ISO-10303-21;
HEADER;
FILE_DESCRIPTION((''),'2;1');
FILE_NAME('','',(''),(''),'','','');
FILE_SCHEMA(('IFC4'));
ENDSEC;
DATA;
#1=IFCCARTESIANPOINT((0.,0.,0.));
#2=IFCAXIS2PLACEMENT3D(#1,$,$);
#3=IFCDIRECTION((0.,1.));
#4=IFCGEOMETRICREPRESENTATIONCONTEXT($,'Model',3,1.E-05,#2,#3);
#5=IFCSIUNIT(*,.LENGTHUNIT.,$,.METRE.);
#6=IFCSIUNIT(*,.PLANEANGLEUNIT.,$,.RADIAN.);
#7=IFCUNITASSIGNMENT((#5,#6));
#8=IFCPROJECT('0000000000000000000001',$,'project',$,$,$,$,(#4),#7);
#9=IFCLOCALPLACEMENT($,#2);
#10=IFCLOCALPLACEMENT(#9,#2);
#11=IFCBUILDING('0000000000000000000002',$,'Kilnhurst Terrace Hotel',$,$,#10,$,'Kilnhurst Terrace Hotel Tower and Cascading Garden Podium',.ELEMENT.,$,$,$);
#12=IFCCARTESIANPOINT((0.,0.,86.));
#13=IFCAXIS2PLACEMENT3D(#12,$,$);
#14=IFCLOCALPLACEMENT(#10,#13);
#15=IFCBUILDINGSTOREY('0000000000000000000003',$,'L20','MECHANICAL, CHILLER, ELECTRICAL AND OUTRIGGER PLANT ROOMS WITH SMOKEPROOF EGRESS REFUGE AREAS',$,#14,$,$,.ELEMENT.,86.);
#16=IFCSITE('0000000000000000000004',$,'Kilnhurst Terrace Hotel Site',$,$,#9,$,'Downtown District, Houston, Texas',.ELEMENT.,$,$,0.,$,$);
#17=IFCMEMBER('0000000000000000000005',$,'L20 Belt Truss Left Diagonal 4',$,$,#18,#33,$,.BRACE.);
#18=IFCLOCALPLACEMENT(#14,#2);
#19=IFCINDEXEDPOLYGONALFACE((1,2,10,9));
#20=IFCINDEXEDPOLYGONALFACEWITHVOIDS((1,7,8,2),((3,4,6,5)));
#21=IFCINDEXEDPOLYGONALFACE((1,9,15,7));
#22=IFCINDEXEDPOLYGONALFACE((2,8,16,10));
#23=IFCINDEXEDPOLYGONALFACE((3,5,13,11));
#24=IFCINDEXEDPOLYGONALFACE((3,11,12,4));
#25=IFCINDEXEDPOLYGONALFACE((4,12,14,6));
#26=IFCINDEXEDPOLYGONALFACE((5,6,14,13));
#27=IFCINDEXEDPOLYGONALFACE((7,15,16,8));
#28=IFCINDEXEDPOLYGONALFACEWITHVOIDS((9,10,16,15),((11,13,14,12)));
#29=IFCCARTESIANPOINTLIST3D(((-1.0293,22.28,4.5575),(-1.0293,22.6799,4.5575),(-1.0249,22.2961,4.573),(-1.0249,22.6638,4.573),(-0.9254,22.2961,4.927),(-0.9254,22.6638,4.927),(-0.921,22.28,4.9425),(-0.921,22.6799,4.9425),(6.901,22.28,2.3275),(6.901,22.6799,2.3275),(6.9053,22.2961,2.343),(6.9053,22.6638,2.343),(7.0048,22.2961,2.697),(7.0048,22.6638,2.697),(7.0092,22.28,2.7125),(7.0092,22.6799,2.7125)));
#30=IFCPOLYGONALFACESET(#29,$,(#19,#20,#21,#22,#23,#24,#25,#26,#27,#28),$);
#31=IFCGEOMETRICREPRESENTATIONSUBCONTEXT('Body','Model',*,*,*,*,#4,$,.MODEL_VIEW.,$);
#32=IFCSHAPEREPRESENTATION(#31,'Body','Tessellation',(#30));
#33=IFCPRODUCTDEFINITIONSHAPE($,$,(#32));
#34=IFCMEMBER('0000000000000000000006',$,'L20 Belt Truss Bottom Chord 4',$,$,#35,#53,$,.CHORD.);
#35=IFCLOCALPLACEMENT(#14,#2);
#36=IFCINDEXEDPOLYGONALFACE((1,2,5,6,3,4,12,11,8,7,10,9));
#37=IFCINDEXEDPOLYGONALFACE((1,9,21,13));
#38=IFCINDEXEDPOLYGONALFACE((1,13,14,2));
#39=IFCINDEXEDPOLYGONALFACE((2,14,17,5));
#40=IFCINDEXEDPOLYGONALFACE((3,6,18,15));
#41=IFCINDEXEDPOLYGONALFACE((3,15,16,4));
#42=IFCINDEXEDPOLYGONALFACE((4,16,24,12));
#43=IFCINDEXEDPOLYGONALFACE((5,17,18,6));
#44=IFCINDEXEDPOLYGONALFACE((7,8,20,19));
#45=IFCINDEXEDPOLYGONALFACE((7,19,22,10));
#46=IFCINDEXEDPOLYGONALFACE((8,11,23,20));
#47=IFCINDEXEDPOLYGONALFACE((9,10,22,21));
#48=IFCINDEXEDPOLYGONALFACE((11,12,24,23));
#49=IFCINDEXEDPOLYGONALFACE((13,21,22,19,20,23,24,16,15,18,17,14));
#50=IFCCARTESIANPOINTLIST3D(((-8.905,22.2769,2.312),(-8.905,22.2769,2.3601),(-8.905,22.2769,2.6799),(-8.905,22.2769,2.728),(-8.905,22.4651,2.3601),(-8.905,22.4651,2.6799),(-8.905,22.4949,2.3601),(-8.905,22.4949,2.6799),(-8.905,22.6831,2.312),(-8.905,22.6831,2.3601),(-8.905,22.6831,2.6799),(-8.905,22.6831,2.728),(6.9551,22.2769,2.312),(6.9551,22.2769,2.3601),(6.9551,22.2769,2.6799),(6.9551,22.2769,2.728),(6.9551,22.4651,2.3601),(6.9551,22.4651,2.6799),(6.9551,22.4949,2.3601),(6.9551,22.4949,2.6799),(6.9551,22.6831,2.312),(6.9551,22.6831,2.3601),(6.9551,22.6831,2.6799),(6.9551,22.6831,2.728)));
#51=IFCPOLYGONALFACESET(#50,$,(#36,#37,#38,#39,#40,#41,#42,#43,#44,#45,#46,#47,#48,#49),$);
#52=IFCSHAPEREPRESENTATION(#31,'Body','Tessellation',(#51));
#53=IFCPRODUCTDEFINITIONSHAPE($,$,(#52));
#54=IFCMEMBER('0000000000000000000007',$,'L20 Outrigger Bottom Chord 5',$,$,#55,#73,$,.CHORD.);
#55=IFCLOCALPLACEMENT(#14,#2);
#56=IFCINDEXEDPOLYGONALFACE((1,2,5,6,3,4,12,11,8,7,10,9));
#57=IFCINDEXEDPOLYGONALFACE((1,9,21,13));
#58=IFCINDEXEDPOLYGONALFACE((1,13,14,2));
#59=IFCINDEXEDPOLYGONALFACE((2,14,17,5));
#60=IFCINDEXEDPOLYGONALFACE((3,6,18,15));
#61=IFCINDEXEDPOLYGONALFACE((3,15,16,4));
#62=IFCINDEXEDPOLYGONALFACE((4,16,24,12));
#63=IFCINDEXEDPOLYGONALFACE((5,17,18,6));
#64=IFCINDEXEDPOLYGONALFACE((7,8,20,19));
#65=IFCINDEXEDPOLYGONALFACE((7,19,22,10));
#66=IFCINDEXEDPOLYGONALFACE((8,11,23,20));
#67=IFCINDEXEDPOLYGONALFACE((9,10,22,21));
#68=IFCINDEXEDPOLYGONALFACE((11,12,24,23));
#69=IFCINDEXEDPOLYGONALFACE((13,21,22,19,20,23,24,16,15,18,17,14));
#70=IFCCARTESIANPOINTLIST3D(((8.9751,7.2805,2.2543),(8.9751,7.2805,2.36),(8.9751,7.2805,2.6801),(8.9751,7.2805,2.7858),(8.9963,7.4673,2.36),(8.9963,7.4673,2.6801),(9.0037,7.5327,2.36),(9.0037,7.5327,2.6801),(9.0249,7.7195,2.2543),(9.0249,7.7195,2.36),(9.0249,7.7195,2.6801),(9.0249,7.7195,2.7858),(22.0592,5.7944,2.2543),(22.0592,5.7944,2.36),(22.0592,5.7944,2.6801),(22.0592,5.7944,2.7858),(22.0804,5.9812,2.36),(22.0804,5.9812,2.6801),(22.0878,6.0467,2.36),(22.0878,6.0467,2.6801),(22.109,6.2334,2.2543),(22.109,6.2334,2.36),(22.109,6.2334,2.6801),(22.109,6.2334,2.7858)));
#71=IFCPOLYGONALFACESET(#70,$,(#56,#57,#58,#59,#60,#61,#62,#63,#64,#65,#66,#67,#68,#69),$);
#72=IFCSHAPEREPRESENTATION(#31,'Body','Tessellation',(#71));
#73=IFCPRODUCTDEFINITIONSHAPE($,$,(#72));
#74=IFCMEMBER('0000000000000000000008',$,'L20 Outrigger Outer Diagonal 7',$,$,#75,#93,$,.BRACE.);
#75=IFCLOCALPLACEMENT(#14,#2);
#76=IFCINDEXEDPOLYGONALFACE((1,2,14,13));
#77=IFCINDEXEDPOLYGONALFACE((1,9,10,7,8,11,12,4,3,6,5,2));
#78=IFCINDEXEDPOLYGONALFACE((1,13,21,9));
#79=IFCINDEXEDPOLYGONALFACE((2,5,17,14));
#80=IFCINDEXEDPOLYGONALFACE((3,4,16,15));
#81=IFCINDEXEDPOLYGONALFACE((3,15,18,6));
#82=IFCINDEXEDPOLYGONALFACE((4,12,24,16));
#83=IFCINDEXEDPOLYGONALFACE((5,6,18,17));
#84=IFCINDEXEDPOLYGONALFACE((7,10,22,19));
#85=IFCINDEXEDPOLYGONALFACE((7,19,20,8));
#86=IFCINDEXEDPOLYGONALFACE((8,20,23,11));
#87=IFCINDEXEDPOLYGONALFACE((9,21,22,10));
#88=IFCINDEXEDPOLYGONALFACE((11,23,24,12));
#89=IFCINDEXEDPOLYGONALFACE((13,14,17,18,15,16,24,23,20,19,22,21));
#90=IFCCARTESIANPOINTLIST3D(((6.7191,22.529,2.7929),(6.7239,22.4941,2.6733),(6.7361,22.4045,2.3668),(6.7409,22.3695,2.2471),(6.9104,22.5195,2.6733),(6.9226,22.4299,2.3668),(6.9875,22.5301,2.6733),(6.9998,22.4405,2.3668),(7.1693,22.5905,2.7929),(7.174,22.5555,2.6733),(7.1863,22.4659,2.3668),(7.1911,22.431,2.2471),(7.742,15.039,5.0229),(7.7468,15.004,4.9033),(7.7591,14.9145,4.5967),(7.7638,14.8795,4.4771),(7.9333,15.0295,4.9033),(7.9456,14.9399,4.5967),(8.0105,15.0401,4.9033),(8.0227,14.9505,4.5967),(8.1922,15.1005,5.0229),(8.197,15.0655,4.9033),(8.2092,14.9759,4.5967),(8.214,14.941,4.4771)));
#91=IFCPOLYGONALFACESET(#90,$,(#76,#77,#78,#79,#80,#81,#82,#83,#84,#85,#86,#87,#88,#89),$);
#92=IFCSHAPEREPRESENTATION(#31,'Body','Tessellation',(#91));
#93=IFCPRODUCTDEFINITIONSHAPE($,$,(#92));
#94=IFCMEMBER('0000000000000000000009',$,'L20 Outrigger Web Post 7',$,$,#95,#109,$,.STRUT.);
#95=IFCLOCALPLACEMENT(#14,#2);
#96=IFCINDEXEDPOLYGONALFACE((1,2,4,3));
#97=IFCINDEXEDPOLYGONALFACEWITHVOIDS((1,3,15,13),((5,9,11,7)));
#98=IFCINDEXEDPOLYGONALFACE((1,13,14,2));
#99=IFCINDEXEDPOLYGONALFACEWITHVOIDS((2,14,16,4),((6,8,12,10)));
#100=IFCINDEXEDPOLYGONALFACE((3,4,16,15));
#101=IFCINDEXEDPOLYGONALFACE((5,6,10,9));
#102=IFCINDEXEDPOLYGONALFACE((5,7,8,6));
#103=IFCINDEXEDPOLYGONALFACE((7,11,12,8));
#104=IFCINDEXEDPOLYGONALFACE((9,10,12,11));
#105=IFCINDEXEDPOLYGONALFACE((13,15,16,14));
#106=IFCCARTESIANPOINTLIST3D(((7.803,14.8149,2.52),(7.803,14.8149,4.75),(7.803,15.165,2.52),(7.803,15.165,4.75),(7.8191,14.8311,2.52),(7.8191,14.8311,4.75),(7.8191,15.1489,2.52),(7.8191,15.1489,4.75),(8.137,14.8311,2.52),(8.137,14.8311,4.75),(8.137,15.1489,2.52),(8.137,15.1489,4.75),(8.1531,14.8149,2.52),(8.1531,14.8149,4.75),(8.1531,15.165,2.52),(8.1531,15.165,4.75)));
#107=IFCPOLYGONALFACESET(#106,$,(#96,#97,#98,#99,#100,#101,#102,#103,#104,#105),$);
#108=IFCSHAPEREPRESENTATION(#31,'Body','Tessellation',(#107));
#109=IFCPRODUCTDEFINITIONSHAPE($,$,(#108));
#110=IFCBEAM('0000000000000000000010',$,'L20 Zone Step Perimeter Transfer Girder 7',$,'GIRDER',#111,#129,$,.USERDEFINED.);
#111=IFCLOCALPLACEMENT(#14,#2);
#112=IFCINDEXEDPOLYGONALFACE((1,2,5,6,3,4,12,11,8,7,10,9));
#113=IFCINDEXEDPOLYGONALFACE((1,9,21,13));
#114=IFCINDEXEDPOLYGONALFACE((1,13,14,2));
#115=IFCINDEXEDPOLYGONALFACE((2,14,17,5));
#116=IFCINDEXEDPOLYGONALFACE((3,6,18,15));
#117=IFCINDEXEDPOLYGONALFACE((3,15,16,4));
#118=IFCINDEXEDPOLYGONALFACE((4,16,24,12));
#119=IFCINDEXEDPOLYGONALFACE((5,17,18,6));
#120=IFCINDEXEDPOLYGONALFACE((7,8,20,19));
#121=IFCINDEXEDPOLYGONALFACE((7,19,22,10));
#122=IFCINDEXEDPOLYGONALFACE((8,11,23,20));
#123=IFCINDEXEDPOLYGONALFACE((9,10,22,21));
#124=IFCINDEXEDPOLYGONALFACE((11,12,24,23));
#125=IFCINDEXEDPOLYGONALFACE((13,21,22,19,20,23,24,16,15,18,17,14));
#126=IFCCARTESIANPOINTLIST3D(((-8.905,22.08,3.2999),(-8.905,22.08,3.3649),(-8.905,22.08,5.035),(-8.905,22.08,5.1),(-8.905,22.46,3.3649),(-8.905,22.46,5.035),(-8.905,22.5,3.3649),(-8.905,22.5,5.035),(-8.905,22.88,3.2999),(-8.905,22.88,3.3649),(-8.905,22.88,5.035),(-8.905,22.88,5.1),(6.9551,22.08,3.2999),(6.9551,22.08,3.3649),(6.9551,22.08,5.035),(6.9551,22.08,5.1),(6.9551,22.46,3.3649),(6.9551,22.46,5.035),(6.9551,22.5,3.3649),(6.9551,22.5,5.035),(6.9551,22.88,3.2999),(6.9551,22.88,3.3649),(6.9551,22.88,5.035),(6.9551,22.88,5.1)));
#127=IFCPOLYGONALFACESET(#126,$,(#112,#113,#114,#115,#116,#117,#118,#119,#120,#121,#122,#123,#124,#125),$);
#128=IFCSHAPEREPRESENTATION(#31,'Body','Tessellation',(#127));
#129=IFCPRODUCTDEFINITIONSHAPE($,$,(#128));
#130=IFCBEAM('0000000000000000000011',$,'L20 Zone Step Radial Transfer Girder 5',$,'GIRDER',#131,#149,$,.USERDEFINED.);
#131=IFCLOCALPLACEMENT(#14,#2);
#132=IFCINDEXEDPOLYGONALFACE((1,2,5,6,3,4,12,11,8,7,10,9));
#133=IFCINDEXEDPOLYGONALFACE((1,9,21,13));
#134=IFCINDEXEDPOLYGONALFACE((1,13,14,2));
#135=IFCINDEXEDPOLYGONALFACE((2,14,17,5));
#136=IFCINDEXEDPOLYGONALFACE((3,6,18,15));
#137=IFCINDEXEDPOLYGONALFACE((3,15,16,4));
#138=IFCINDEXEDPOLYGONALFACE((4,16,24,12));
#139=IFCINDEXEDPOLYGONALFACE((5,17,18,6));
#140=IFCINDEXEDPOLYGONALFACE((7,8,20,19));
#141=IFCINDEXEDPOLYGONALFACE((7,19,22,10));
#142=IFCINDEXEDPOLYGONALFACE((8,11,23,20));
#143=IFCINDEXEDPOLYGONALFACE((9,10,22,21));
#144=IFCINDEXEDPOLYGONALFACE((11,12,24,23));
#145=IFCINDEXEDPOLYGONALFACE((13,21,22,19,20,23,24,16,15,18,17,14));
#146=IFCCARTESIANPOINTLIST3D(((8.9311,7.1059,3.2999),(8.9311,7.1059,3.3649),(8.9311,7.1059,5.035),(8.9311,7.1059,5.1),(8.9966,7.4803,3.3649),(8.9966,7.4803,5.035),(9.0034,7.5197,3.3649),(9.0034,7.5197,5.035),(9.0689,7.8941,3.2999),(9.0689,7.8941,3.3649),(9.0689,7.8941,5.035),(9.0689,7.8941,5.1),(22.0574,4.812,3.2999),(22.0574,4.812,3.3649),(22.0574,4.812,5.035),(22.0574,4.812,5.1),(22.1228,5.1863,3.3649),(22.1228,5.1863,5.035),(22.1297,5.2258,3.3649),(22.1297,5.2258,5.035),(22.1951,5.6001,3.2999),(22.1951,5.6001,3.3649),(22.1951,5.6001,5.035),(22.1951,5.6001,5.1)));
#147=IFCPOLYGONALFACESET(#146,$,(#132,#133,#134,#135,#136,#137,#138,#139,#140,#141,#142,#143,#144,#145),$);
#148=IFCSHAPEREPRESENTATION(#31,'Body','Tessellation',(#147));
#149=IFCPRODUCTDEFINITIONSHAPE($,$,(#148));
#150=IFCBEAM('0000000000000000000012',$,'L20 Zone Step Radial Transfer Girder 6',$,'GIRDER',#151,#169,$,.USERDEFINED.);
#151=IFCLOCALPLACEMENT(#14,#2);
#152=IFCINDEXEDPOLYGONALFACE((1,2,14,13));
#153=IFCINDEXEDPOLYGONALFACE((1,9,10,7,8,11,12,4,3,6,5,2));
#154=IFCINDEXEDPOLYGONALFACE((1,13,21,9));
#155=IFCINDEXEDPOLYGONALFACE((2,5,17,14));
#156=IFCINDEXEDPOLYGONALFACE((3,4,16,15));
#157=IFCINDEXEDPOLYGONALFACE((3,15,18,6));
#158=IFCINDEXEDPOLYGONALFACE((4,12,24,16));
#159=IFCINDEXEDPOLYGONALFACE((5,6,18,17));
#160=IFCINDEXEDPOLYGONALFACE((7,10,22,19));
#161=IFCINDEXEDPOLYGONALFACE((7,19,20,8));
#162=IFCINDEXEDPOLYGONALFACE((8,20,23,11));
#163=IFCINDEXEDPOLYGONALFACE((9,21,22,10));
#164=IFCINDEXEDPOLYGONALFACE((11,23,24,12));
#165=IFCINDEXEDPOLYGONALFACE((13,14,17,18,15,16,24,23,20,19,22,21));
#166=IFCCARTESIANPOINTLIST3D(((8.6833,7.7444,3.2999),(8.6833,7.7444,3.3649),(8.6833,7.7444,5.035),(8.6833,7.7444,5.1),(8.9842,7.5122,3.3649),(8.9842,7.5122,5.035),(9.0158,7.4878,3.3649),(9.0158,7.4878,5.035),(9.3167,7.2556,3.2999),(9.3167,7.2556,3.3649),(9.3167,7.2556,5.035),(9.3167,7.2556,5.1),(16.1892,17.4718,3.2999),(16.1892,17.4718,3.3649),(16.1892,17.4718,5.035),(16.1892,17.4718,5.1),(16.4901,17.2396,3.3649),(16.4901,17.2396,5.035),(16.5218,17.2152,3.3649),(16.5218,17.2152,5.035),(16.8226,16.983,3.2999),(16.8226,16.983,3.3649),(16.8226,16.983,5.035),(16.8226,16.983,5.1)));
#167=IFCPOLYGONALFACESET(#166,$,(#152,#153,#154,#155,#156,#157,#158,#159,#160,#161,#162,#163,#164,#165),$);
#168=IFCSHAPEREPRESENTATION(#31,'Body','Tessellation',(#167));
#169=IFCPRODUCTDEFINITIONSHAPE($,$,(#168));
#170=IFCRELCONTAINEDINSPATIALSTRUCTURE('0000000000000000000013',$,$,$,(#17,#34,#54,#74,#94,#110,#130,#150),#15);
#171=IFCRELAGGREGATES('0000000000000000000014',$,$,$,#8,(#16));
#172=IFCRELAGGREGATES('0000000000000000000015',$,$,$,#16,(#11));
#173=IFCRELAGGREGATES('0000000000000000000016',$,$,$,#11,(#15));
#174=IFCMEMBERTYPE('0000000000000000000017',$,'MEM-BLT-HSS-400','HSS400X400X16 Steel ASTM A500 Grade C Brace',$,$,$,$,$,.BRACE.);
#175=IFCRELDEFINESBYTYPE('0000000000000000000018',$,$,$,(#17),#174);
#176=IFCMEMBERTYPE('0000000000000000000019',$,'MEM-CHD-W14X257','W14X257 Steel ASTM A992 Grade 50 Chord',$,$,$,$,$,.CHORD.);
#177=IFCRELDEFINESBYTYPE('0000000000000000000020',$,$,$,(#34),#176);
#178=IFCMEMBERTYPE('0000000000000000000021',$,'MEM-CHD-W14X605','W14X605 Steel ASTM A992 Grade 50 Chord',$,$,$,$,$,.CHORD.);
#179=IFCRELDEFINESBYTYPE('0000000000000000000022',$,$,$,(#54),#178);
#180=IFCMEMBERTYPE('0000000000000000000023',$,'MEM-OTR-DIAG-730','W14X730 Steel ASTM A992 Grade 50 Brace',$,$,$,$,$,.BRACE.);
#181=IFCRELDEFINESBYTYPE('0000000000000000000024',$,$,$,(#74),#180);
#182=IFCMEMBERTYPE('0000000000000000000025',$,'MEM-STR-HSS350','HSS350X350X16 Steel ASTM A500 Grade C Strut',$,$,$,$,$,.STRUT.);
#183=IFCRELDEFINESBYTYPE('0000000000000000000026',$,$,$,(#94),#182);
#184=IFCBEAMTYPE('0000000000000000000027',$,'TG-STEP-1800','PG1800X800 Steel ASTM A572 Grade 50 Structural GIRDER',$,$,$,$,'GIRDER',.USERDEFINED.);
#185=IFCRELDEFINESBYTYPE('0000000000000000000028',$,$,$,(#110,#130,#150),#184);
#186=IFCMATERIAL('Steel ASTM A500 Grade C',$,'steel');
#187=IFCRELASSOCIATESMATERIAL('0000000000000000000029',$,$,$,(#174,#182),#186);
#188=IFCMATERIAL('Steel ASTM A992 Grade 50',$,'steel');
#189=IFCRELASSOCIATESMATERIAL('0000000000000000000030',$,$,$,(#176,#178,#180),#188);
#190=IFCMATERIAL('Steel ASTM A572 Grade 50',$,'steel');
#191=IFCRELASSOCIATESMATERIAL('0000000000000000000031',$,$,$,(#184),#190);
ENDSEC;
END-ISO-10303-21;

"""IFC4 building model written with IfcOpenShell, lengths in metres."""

from ifc_helpers import new_model, si_unit, direction, frame, origin, origin_2d, place, context, subcontext, project, spatial, hollow_rectangle, i_section, extrude, material, material_profile, profile_set, type_object, element, save


model = new_model("IFC4")

# Units and contexts
model_context = context("Model", 3, precision=1e-05, world=origin(), true_north=direction((0.0, 1.0)))
body_context = subcontext(model_context, "Body", "Model", "MODEL_VIEW")
ifc_project = project(units=[si_unit("LENGTHUNIT", "METRE"), si_unit("PLANEANGLEUNIT", "RADIAN")], contexts=[model_context])

# Site, building, storey
site_placement = place(None, origin())
site = spatial("IfcSite", under=ifc_project, at=site_placement, Name="Kilnhurst Terrace Hotel Site", LongName="Downtown District, Houston, Texas", CompositionType="ELEMENT", RefElevation=0.0)
building_placement = place(site_placement, origin())
building = spatial("IfcBuilding", under=site, at=building_placement, Name="Kilnhurst Terrace Hotel", LongName="Kilnhurst Terrace Hotel Tower and Cascading Garden Podium", CompositionType="ELEMENT")
storey_placement = place(building_placement, frame((0.0, 0.0, 86.0)))
storey = spatial("IfcBuildingStorey", under=building, at=storey_placement, Name="L20", Description="MECHANICAL, CHILLER, ELECTRICAL AND OUTRIGGER PLANT ROOMS WITH SMOKEPROOF EGRESS REFUGE AREAS", CompositionType="ELEMENT", Elevation=86.0)

# Shared definitions
ifc_material_1 = material(Name="Steel ASTM A992 Grade 50", Category="steel")

# Members
ifc_material_2 = material(Name="Steel ASTM A500 Grade C", Category="steel")
ifc_material_profile_1 = material_profile(ifc_material_2, hollow_rectangle(XDim=0.3999, YDim=0.3999, WallThickness=0.0161, at=origin_2d()), Name="HSS400X400X16")
ifc_profile_set_1 = profile_set([ifc_material_profile_1], Name="Steel ASTM A500 Grade C")
member_type_1 = type_object("IfcMemberType", Name="MEM-BLT-HSS-400", Description="HSS400X400X16 Steel ASTM A500 Grade C Brace", PredefinedType="BRACE", material=ifc_profile_set_1)
member_1_placement = place(storey_placement, frame((6.9551, 22.48, 2.52), z_axis=(-0.962663, 0.0, 0.270703), x_axis=(0.0, -1.0, 0.0)))
element("IfcMember", 1, at=member_1_placement, inside=storey, type_object=member_type_1, Name="L20 Belt Truss Left Diagonal 4", PredefinedType="BRACE", context=body_context, shape_type="SweptSolid", body=[
    extrude(hollow_rectangle(XDim=0.3999, YDim=0.3999, WallThickness=0.0161, at=origin_2d()), origin(), (0.0, 0.0, 1.0), 8.2378),
])
ifc_material_profile_2 = material_profile(ifc_material_1, i_section(OverallWidth=0.4062, OverallDepth=0.416, WebThickness=0.0298, FlangeThickness=0.0481, at=origin_2d()), Name="W14X257")
ifc_profile_set_2 = profile_set([ifc_material_profile_2], Name="Steel ASTM A992 Grade 50")
member_type_2 = type_object("IfcMemberType", Name="MEM-CHD-W14X257", Description="W14X257 Steel ASTM A992 Grade 50 Chord", PredefinedType="CHORD", material=ifc_profile_set_2)
member_2_placement = place(storey_placement, frame((6.9551, 22.48, 2.52), z_axis=(-1.0, 0.0, 0.0), x_axis=(0.0, -1.0, 0.0)))
element("IfcMember", 2, at=member_2_placement, inside=storey, type_object=member_type_2, Name="L20 Belt Truss Bottom Chord 4", PredefinedType="CHORD", context=body_context, shape_type="SweptSolid", body=[
    extrude(i_section(OverallWidth=0.4062, OverallDepth=0.416, WebThickness=0.0298, FlangeThickness=0.0481, at=origin_2d()), origin(), (0.0, 0.0, 1.0), 15.8601),
])
ifc_material_profile_3 = material_profile(ifc_material_1, i_section(OverallWidth=0.4419, OverallDepth=0.5315, WebThickness=0.0659, FlangeThickness=0.1057, at=origin_2d()), Name="W14X605")
ifc_profile_set_3 = profile_set([ifc_material_profile_3], Name="Steel ASTM A992 Grade 50")
member_type_3 = type_object("IfcMemberType", Name="MEM-CHD-W14X605", Description="W14X605 Steel ASTM A992 Grade 50 Chord", PredefinedType="CHORD", material=ifc_profile_set_3)
member_3_placement = place(storey_placement, frame((9.0, 7.5, 2.52), z_axis=(0.993611, -0.112855, 0.0), x_axis=(0.112855, 0.993611, 0.0)))
element("IfcMember", 3, at=member_3_placement, inside=storey, type_object=member_type_3, Name="L20 Outrigger Bottom Chord 5", PredefinedType="CHORD", context=body_context, shape_type="SweptSolid", body=[
    extrude(i_section(OverallWidth=0.4419, OverallDepth=0.5315, WebThickness=0.0659, FlangeThickness=0.1057, at=origin_2d()), origin(), (0.0, 0.0, 1.0), 13.1682),
])
ifc_material_profile_4 = material_profile(ifc_material_1, i_section(OverallWidth=0.4543, OverallDepth=0.5691, WebThickness=0.0779, FlangeThickness=0.1248, at=origin_2d()), Name="W14X730")
ifc_profile_set_4 = profile_set([ifc_material_profile_4], Name="Steel ASTM A992 Grade 50")
member_type_4 = type_object("IfcMemberType", Name="MEM-OTR-DIAG-730", Description="W14X730 Steel ASTM A992 Grade 50 Brace", PredefinedType="BRACE", material=ifc_profile_set_4)
member_4_placement = place(storey_placement, frame((7.978, 14.99, 4.75), z_axis=(-0.12979, 0.950317, -0.282936), x_axis=(-0.990802, -0.135319, 0.0)))
element("IfcMember", 4, at=member_4_placement, inside=storey, type_object=member_type_4, Name="L20 Outrigger Outer Diagonal 7", PredefinedType="BRACE", context=body_context, shape_type="SweptSolid", body=[
    extrude(i_section(OverallWidth=0.4543, OverallDepth=0.5691, WebThickness=0.0779, FlangeThickness=0.1248, at=origin_2d()), origin(), (0.0, 0.0, 1.0), 7.8816),
])
ifc_material_profile_5 = material_profile(ifc_material_2, hollow_rectangle(XDim=0.3501, YDim=0.3501, WallThickness=0.0161, at=origin_2d()), Name="HSS350X350X16")
ifc_profile_set_5 = profile_set([ifc_material_profile_5], Name="Steel ASTM A500 Grade C")
member_type_5 = type_object("IfcMemberType", Name="MEM-STR-HSS350", Description="HSS350X350X16 Steel ASTM A500 Grade C Strut", PredefinedType="STRUT", material=ifc_profile_set_5)
member_5_placement = place(storey_placement, frame((7.978, 14.99, 2.52), z_axis=(0.0, 0.0, 1.0), x_axis=(1.0, 0.0, 0.0)))
element("IfcMember", 5, at=member_5_placement, inside=storey, type_object=member_type_5, Name="L20 Outrigger Web Post 7", PredefinedType="STRUT", context=body_context, shape_type="SweptSolid", body=[
    extrude(hollow_rectangle(XDim=0.3501, YDim=0.3501, WallThickness=0.0161, at=origin_2d()), origin(), (0.0, 0.0, 1.0), 2.23),
])

# Beams
ifc_material_3 = material(Name="Steel ASTM A572 Grade 50", Category="steel")
ifc_material_profile_6 = material_profile(ifc_material_3, i_section(OverallWidth=0.8, OverallDepth=1.8, WebThickness=0.04, FlangeThickness=0.0649, at=origin_2d()), Name="PG1800X800")
ifc_profile_set_6 = profile_set([ifc_material_profile_6], Name="Steel ASTM A572 Grade 50")
beam_type_1 = type_object("IfcBeamType", Name="TG-STEP-1800", Description="PG1800X800 Steel ASTM A572 Grade 50 Structural GIRDER", ElementType="GIRDER", PredefinedType="USERDEFINED", material=ifc_profile_set_6)
beam_1_placement = place(storey_placement, frame((6.9551, 22.48, 4.2), z_axis=(-1.0, 0.0, 0.0), x_axis=(0.0, -1.0, 0.0)))
element("IfcBeam", 6, at=beam_1_placement, inside=storey, type_object=beam_type_1, Name="L20 Zone Step Perimeter Transfer Girder 7", ObjectType="GIRDER", PredefinedType="USERDEFINED", context=body_context, shape_type="SweptSolid", body=[
    extrude(i_section(OverallWidth=0.8, OverallDepth=1.8, WebThickness=0.04, FlangeThickness=0.0649, at=origin_2d()), origin(), (0.0, 0.0, 1.0), 15.8601),
])
beam_2_placement = place(storey_placement, frame((9.0, 7.5, 4.2), z_axis=(0.98507, -0.172151, 0.0), x_axis=(0.172151, 0.98507, 0.0)))
element("IfcBeam", 7, at=beam_2_placement, inside=storey, type_object=beam_type_1, Name="L20 Zone Step Radial Transfer Girder 5", ObjectType="GIRDER", PredefinedType="USERDEFINED", context=body_context, shape_type="SweptSolid", body=[
    extrude(i_section(OverallWidth=0.8, OverallDepth=1.8, WebThickness=0.04, FlangeThickness=0.0649, at=origin_2d()), origin(), (0.0, 0.0, 1.0), 13.3252),
])
beam_3_placement = place(storey_placement, frame((9.0, 7.5, 4.2), z_axis=(0.610903, 0.791706, 0.0), x_axis=(-0.791706, 0.610903, 0.0)))
element("IfcBeam", 8, at=beam_3_placement, inside=storey, type_object=beam_type_1, Name="L20 Zone Step Radial Transfer Girder 6", ObjectType="GIRDER", PredefinedType="USERDEFINED", context=body_context, shape_type="SweptSolid", body=[
    extrude(i_section(OverallWidth=0.8, OverallDepth=1.8, WebThickness=0.04, FlangeThickness=0.0649, at=origin_2d()), origin(), (0.0, 0.0, 1.0), 12.2866),
])

save(model, "model.ifc")
